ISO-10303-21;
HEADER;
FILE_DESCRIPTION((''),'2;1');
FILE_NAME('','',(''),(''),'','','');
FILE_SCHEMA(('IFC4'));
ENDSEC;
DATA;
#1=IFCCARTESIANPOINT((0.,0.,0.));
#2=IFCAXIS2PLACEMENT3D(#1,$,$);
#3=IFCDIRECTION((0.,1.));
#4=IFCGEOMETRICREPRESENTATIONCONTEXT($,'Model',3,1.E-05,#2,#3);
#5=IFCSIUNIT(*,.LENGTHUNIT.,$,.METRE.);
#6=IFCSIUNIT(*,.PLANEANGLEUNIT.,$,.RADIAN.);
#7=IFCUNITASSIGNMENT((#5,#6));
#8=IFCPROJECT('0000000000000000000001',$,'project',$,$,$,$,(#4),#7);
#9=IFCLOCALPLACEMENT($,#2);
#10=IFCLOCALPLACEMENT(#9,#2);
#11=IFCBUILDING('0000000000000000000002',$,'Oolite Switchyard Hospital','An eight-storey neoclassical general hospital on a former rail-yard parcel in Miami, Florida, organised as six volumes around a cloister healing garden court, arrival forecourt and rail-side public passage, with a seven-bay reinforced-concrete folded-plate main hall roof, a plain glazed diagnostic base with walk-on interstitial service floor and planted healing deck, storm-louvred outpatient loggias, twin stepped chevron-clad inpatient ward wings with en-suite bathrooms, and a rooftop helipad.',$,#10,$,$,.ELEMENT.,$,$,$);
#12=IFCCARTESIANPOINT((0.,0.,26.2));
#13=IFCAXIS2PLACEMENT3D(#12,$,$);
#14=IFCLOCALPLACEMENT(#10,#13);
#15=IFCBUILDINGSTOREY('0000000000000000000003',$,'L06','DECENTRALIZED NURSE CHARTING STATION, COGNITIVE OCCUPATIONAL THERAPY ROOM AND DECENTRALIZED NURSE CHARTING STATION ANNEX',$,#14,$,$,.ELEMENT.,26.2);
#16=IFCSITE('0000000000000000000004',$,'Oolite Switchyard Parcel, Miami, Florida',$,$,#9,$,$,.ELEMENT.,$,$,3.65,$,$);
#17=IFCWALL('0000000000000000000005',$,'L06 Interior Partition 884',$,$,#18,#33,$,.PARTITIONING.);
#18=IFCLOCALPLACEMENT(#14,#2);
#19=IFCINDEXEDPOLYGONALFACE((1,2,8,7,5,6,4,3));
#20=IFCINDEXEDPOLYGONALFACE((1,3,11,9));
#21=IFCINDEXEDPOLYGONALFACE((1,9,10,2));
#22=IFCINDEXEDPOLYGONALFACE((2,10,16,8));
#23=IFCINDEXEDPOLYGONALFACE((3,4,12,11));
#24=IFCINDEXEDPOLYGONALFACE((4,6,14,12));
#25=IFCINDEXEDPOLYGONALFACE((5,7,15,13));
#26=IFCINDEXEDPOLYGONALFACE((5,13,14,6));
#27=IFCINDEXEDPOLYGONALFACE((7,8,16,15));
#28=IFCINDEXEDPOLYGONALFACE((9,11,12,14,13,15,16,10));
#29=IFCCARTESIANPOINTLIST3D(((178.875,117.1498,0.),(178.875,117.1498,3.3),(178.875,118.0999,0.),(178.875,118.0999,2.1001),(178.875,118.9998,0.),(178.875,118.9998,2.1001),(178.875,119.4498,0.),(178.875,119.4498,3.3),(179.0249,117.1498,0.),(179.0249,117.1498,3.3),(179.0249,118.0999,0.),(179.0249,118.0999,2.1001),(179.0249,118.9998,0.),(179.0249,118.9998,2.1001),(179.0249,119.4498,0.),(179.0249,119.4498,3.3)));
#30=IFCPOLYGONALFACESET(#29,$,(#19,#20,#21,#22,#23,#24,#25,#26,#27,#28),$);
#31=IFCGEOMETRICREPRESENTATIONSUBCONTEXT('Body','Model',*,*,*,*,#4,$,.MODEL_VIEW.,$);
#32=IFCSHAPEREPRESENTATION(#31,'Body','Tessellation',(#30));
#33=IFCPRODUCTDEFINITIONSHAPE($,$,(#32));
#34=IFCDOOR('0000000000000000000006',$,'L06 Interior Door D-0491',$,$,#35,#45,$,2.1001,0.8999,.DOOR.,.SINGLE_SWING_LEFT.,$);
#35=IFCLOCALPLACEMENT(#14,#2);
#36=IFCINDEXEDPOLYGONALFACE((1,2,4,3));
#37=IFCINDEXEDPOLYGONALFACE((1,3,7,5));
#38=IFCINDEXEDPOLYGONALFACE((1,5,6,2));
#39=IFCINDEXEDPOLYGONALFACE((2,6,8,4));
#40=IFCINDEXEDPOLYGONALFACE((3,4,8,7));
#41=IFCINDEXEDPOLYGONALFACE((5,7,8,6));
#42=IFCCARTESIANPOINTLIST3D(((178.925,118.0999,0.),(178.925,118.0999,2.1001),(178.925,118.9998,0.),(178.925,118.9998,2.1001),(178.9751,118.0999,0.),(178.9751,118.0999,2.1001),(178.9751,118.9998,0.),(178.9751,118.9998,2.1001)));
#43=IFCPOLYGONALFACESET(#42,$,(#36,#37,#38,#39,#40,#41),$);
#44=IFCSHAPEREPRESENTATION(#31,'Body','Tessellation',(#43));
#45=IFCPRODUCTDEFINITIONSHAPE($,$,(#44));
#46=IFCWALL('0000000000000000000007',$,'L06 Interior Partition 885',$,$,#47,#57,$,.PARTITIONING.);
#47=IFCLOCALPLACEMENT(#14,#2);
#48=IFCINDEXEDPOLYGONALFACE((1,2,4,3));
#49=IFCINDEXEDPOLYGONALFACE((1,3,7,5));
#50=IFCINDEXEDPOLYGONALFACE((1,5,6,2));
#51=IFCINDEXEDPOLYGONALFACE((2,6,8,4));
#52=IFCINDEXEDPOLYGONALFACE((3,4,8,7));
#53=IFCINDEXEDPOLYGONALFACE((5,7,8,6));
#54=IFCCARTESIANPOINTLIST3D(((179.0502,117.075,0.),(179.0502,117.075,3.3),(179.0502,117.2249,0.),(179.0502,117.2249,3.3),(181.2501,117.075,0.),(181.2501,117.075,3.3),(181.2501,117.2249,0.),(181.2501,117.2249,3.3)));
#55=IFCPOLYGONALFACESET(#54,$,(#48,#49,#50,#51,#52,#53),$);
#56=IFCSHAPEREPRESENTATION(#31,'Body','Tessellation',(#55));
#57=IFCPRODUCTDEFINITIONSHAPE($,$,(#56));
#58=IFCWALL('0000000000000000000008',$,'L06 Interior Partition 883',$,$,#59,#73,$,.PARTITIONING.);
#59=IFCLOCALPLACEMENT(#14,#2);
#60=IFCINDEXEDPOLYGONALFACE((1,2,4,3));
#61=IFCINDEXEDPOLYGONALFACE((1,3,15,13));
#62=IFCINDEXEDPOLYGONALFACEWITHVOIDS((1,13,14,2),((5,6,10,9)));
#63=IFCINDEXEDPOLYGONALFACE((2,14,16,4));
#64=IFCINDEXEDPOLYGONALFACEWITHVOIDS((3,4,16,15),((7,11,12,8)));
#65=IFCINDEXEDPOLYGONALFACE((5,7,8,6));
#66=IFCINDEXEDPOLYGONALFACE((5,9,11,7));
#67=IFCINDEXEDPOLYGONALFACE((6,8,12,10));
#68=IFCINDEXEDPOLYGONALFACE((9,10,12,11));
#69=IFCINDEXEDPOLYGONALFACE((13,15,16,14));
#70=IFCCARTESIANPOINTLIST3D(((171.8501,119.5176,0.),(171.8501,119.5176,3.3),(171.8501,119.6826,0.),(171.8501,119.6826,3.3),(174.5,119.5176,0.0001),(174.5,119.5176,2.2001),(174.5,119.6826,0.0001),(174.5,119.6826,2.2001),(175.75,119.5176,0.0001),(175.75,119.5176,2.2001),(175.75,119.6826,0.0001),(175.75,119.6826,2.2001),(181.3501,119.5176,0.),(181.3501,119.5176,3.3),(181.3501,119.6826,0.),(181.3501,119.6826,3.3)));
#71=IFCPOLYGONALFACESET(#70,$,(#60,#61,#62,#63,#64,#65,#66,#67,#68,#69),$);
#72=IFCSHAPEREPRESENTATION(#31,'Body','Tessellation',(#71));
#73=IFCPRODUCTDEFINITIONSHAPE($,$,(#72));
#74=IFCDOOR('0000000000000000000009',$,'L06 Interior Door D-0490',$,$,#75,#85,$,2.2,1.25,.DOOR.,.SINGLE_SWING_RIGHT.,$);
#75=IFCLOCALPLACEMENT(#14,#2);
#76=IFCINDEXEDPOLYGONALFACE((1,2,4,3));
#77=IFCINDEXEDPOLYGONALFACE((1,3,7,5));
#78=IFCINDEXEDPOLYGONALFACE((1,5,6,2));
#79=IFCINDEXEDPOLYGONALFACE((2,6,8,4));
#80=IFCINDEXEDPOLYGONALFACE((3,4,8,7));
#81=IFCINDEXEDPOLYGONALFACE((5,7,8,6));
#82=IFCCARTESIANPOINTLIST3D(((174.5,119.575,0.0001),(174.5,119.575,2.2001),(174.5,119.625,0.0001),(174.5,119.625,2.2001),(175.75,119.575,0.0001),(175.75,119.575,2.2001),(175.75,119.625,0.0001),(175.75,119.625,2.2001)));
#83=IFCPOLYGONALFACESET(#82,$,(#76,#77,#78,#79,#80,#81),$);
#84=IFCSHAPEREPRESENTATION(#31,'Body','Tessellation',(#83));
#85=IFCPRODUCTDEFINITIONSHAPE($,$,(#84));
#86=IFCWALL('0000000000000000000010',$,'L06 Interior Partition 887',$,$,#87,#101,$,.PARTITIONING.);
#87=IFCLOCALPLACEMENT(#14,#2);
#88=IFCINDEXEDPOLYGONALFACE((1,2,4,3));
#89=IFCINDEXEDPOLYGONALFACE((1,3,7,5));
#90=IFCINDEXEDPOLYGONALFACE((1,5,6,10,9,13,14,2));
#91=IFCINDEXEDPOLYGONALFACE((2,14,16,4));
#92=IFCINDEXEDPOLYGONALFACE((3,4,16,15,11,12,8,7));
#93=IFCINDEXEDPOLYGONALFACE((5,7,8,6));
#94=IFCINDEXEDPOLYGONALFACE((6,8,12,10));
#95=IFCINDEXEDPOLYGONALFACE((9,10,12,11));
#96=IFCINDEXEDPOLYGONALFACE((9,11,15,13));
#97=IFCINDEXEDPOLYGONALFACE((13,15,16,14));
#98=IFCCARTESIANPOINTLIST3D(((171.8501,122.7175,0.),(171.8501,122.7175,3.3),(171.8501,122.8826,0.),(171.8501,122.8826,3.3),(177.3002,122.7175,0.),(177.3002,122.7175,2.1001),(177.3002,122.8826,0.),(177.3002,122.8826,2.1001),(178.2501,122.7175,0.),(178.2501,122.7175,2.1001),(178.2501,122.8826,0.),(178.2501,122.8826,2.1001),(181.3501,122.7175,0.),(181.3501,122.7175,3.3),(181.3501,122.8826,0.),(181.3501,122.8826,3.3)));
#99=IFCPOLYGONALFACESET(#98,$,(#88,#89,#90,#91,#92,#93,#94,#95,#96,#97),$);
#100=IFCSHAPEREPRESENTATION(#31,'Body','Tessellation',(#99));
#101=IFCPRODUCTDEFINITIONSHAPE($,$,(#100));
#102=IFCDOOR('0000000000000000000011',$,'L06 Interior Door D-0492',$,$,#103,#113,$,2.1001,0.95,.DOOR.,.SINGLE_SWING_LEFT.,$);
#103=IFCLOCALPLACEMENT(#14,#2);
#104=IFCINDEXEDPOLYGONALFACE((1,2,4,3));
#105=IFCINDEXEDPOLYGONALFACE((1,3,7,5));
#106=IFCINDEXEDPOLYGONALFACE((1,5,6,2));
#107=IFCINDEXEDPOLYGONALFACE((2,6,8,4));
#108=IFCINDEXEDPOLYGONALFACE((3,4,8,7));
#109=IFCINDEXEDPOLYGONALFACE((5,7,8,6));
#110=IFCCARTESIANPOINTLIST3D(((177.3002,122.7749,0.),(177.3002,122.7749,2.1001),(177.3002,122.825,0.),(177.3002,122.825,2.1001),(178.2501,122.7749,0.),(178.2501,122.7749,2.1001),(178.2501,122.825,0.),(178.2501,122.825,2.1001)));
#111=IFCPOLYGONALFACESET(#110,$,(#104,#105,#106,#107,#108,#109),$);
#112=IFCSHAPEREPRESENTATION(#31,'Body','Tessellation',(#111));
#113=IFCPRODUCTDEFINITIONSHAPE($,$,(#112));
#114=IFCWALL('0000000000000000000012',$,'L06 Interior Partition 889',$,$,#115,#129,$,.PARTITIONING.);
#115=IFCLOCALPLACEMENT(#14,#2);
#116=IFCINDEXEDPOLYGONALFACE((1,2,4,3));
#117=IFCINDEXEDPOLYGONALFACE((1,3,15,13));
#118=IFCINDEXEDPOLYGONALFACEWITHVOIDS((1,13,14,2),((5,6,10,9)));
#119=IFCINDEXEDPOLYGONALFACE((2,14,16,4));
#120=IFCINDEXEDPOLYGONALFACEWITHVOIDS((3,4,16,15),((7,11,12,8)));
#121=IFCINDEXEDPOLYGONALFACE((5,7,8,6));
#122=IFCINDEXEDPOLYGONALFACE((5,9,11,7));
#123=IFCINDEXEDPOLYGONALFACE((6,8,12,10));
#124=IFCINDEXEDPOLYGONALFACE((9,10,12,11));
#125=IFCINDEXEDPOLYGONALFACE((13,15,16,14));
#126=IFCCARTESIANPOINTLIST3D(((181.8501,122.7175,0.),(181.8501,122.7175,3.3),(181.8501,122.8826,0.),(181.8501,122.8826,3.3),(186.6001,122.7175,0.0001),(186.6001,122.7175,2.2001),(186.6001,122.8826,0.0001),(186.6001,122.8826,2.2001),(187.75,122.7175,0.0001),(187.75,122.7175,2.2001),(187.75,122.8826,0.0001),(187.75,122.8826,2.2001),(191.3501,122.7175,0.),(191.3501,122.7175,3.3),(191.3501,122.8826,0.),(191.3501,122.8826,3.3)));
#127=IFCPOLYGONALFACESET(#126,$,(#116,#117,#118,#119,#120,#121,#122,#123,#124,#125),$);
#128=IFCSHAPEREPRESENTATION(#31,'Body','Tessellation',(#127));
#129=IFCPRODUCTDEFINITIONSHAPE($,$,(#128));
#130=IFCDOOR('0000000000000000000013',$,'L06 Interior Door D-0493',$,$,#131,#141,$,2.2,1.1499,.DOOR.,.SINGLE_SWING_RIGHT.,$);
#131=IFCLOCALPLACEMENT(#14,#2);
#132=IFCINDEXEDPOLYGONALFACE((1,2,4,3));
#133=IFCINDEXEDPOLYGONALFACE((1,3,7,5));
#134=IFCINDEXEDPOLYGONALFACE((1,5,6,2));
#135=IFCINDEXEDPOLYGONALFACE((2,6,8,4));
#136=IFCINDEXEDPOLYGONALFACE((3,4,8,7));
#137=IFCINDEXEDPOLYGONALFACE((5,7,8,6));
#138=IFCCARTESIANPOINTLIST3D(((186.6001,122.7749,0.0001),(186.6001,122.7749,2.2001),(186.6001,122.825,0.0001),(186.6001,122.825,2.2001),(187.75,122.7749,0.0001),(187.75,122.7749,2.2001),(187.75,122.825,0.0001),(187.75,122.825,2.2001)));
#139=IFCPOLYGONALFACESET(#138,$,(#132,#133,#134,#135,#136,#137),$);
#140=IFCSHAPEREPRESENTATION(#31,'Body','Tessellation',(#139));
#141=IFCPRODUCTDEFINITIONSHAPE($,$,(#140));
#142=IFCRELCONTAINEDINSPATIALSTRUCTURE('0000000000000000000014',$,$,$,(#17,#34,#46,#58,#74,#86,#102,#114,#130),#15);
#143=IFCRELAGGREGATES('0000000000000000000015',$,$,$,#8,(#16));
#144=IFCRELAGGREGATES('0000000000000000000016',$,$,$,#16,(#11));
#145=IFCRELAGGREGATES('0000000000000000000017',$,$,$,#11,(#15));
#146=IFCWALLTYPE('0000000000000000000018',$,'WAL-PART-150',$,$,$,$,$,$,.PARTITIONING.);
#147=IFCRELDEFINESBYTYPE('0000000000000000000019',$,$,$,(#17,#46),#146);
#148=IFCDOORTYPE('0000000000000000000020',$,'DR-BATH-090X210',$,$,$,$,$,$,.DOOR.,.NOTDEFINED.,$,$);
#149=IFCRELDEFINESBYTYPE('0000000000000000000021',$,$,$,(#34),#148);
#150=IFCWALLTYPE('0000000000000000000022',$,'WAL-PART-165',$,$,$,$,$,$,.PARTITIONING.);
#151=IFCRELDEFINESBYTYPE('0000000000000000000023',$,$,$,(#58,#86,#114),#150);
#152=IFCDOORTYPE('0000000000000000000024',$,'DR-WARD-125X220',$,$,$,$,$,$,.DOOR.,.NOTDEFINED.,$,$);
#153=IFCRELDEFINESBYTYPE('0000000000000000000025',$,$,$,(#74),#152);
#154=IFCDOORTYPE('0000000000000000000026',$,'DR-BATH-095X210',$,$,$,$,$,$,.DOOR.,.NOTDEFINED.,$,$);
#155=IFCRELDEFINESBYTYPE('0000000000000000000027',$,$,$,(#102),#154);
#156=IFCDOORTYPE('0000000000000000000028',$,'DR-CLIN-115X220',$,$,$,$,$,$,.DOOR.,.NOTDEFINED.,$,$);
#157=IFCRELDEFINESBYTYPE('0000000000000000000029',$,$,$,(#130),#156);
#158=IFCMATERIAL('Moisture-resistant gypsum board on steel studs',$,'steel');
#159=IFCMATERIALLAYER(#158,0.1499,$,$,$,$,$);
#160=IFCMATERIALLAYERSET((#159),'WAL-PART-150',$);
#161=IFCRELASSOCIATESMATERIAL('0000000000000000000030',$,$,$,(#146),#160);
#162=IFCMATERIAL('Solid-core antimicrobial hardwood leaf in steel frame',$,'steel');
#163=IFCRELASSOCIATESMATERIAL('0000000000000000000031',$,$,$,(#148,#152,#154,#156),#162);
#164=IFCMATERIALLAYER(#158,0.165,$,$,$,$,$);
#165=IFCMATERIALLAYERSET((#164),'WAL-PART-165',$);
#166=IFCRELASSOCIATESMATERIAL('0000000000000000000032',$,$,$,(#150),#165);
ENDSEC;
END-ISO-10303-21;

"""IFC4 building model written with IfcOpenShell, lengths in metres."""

from ifc_helpers import new_model, si_unit, direction, frame, frame_2d, origin, place, context, subcontext, project, spatial, rectangle, extrude, material, layer, layer_set, type_object, element, fill, save


model = new_model("IFC4")

# Units and contexts
model_context = context("Model", 3, precision=1e-05, world=origin(), true_north=direction((0.0, 1.0)))
body_context = subcontext(model_context, "Body", "Model", "MODEL_VIEW")
ifc_project = project(units=[si_unit("LENGTHUNIT", "METRE"), si_unit("PLANEANGLEUNIT", "RADIAN")], contexts=[model_context])

# Site, building, storey
site_placement = place(None, origin())
site = spatial("IfcSite", under=ifc_project, at=site_placement, Name="Oolite Switchyard Parcel, Miami, Florida", CompositionType="ELEMENT", RefElevation=3.65)
building_placement = place(site_placement, origin())
building = spatial("IfcBuilding", under=site, at=building_placement, Name="Oolite Switchyard Hospital", Description="An eight-storey neoclassical general hospital on a former rail-yard parcel in Miami, Florida, organised as six volumes around a cloister healing garden court, arrival forecourt and rail-side public passage, with a seven-bay reinforced-concrete folded-plate main hall roof, a plain glazed diagnostic base with walk-on interstitial service floor and planted healing deck, storm-louvred outpatient loggias, twin stepped chevron-clad inpatient ward wings with en-suite bathrooms, and a rooftop helipad.", CompositionType="ELEMENT")
storey_placement = place(building_placement, frame((0.0, 0.0, 26.2)))
storey = spatial("IfcBuildingStorey", under=building, at=storey_placement, Name="L06", Description="DECENTRALIZED NURSE CHARTING STATION, COGNITIVE OCCUPATIONAL THERAPY ROOM AND DECENTRALIZED NURSE CHARTING STATION ANNEX", CompositionType="ELEMENT", Elevation=26.2)

# Shared definitions
ifc_material_1 = material(Name="Moisture-resistant gypsum board on steel studs", Category="steel")

# Wall, opening, door
ifc_layer_1 = layer(ifc_material_1, 0.1499)
ifc_layer_set_1 = layer_set([ifc_layer_1], Name="WAL-PART-150")
wall_type_1 = type_object("IfcWallType", Name="WAL-PART-150", PredefinedType="PARTITIONING", material=ifc_layer_set_1)
wall_1_placement = place(storey_placement, frame((178.95, 117.1499, 0.0), z_axis=(0.0, 0.0, 1.0), x_axis=(0.0, 1.0, 0.0)))
wall_1 = element("IfcWall", 1, at=wall_1_placement, inside=storey, type_object=wall_type_1, Name="L06 Interior Partition 884", PredefinedType="PARTITIONING", context=body_context, shape_type="SweptSolid", body=[
    extrude(rectangle(XDim=2.3, YDim=0.1499, at=frame_2d((1.1499, 0.0))), origin(), (0.0, 0.0, 1.0), 3.3),
])
opening_1_placement = place(wall_1_placement, frame((0.95, 0.0, 0.0)))
opening_1 = element("IfcOpeningElement", 2, at=opening_1_placement, cuts=wall_1, PredefinedType="OPENING", context=body_context, shape_type="SweptSolid", body=[
    extrude(rectangle(XDim=0.8999, YDim=2.1001, at=frame_2d((0.45, 1.05))), frame((0.0, 0.085, 0.0), z_axis=(0.0, -1.0, 0.0), x_axis=(1.0, 0.0, 0.0)), (0.0, 0.0, 1.0), 0.1699),
])
ifc_material_2 = material(Name="Solid-core antimicrobial hardwood leaf in steel frame", Category="steel")
door_type_1 = type_object("IfcDoorType", Name="DR-BATH-090X210", OperationType="NOTDEFINED", PredefinedType="DOOR", material=ifc_material_2)
door_1_placement = place(opening_1_placement, origin())
door_1 = element("IfcDoor", 3, at=door_1_placement, inside=storey, type_object=door_type_1, Name="L06 Interior Door D-0491", OperationType="SINGLE_SWING_LEFT", OverallHeight=2.1001, OverallWidth=0.8999, PredefinedType="DOOR", context=body_context, shape_type="SweptSolid", body=[
    extrude(rectangle(XDim=0.8999, YDim=2.1001, at=frame_2d((0.45, 1.05))), frame((0.0, 0.0249, 0.0), z_axis=(0.0, -1.0, 0.0), x_axis=(1.0, 0.0, 0.0)), (0.0, 0.0, 1.0), 0.05),
])
fill(opening_1, door_1)

# Wall
wall_2_placement = place(storey_placement, frame((179.05, 117.1499, 0.0), z_axis=(0.0, 0.0, 1.0), x_axis=(1.0, 0.0, 0.0)))
element("IfcWall", 4, at=wall_2_placement, inside=storey, type_object=wall_type_1, Name="L06 Interior Partition 885", PredefinedType="PARTITIONING", context=body_context, shape_type="SweptSolid", body=[
    extrude(rectangle(XDim=2.2, YDim=0.1499, at=frame_2d((1.1001, 0.0))), origin(), (0.0, 0.0, 1.0), 3.3),
])

# Walls, openings, doors
ifc_layer_2 = layer(ifc_material_1, 0.165)
ifc_layer_set_2 = layer_set([ifc_layer_2], Name="WAL-PART-165")
wall_type_2 = type_object("IfcWallType", Name="WAL-PART-165", PredefinedType="PARTITIONING", material=ifc_layer_set_2)
wall_3_placement = place(storey_placement, frame((171.8501, 119.6001, 0.0), z_axis=(0.0, 0.0, 1.0), x_axis=(1.0, 0.0, 0.0)))
wall_3 = element("IfcWall", 5, at=wall_3_placement, inside=storey, type_object=wall_type_2, Name="L06 Interior Partition 883", PredefinedType="PARTITIONING", context=body_context, shape_type="SweptSolid", body=[
    extrude(rectangle(XDim=9.5, YDim=0.165, at=frame_2d((4.75, 0.0))), origin(), (0.0, 0.0, 1.0), 3.3),
])
opening_2_placement = place(wall_3_placement, frame((2.6499, 0.0, 0.0)))
opening_2 = element("IfcOpeningElement", 6, at=opening_2_placement, cuts=wall_3, PredefinedType="OPENING", context=body_context, shape_type="SweptSolid", body=[
    extrude(rectangle(XDim=1.25, YDim=2.2, at=frame_2d((0.625, 1.1001))), frame((0.0, 0.0925, 0.0), z_axis=(0.0, -1.0, 0.0), x_axis=(1.0, 0.0, 0.0)), (0.0, 0.0, 1.0), 0.1851),
])
door_type_2 = type_object("IfcDoorType", Name="DR-WARD-125X220", OperationType="NOTDEFINED", PredefinedType="DOOR", material=ifc_material_2)
door_2_placement = place(opening_2_placement, origin())
door_2 = element("IfcDoor", 7, at=door_2_placement, inside=storey, type_object=door_type_2, Name="L06 Interior Door D-0490", OperationType="SINGLE_SWING_RIGHT", OverallHeight=2.2, OverallWidth=1.25, PredefinedType="DOOR", context=body_context, shape_type="SweptSolid", body=[
    extrude(rectangle(XDim=1.25, YDim=2.2, at=frame_2d((0.625, 1.1001))), frame((0.0, 0.0249, 0.0), z_axis=(0.0, -1.0, 0.0), x_axis=(1.0, 0.0, 0.0)), (0.0, 0.0, 1.0), 0.05),
])
fill(opening_2, door_2)
wall_4_placement = place(storey_placement, frame((171.8501, 122.8, 0.0), z_axis=(0.0, 0.0, 1.0), x_axis=(1.0, 0.0, 0.0)))
wall_4 = element("IfcWall", 8, at=wall_4_placement, inside=storey, type_object=wall_type_2, Name="L06 Interior Partition 887", PredefinedType="PARTITIONING", context=body_context, shape_type="SweptSolid", body=[
    extrude(rectangle(XDim=9.5, YDim=0.165, at=frame_2d((4.75, 0.0))), origin(), (0.0, 0.0, 1.0), 3.3),
])
opening_3_placement = place(wall_4_placement, frame((5.45, 0.0, 0.0)))
opening_3 = element("IfcOpeningElement", 9, at=opening_3_placement, cuts=wall_4, PredefinedType="OPENING", context=body_context, shape_type="SweptSolid", body=[
    extrude(rectangle(XDim=0.95, YDim=2.1001, at=frame_2d((0.4751, 1.05))), frame((0.0, 0.0925, 0.0), z_axis=(0.0, -1.0, 0.0), x_axis=(1.0, 0.0, 0.0)), (0.0, 0.0, 1.0), 0.1851),
])
door_type_3 = type_object("IfcDoorType", Name="DR-BATH-095X210", OperationType="NOTDEFINED", PredefinedType="DOOR", material=ifc_material_2)
door_3_placement = place(opening_3_placement, origin())
door_3 = element("IfcDoor", 10, at=door_3_placement, inside=storey, type_object=door_type_3, Name="L06 Interior Door D-0492", OperationType="SINGLE_SWING_LEFT", OverallHeight=2.1001, OverallWidth=0.95, PredefinedType="DOOR", context=body_context, shape_type="SweptSolid", body=[
    extrude(rectangle(XDim=0.95, YDim=2.1001, at=frame_2d((0.4751, 1.05))), frame((0.0, 0.0249, 0.0), z_axis=(0.0, -1.0, 0.0), x_axis=(1.0, 0.0, 0.0)), (0.0, 0.0, 1.0), 0.05),
])
fill(opening_3, door_3)
wall_5_placement = place(storey_placement, frame((181.8501, 122.8, 0.0), z_axis=(0.0, 0.0, 1.0), x_axis=(1.0, 0.0, 0.0)))
wall_5 = element("IfcWall", 11, at=wall_5_placement, inside=storey, type_object=wall_type_2, Name="L06 Interior Partition 889", PredefinedType="PARTITIONING", context=body_context, shape_type="SweptSolid", body=[
    extrude(rectangle(XDim=9.5, YDim=0.165, at=frame_2d((4.75, 0.0))), origin(), (0.0, 0.0, 1.0), 3.3),
])
opening_4_placement = place(wall_5_placement, frame((4.75, 0.0, 0.0)))
opening_4 = element("IfcOpeningElement", 12, at=opening_4_placement, cuts=wall_5, PredefinedType="OPENING", context=body_context, shape_type="SweptSolid", body=[
    extrude(rectangle(XDim=1.1499, YDim=2.2, at=frame_2d((0.575, 1.1001))), frame((0.0, 0.0925, 0.0), z_axis=(0.0, -1.0, 0.0), x_axis=(1.0, 0.0, 0.0)), (0.0, 0.0, 1.0), 0.1851),
])
door_type_4 = type_object("IfcDoorType", Name="DR-CLIN-115X220", OperationType="NOTDEFINED", PredefinedType="DOOR", material=ifc_material_2)
door_4_placement = place(opening_4_placement, origin())
door_4 = element("IfcDoor", 13, at=door_4_placement, inside=storey, type_object=door_type_4, Name="L06 Interior Door D-0493", OperationType="SINGLE_SWING_RIGHT", OverallHeight=2.2, OverallWidth=1.1499, PredefinedType="DOOR", context=body_context, shape_type="SweptSolid", body=[
    extrude(rectangle(XDim=1.1499, YDim=2.2, at=frame_2d((0.575, 1.1001))), frame((0.0, 0.0249, 0.0), z_axis=(0.0, -1.0, 0.0), x_axis=(1.0, 0.0, 0.0)), (0.0, 0.0, 1.0), 0.05),
])
fill(opening_4, door_4)

save(model, "model.ifc")
